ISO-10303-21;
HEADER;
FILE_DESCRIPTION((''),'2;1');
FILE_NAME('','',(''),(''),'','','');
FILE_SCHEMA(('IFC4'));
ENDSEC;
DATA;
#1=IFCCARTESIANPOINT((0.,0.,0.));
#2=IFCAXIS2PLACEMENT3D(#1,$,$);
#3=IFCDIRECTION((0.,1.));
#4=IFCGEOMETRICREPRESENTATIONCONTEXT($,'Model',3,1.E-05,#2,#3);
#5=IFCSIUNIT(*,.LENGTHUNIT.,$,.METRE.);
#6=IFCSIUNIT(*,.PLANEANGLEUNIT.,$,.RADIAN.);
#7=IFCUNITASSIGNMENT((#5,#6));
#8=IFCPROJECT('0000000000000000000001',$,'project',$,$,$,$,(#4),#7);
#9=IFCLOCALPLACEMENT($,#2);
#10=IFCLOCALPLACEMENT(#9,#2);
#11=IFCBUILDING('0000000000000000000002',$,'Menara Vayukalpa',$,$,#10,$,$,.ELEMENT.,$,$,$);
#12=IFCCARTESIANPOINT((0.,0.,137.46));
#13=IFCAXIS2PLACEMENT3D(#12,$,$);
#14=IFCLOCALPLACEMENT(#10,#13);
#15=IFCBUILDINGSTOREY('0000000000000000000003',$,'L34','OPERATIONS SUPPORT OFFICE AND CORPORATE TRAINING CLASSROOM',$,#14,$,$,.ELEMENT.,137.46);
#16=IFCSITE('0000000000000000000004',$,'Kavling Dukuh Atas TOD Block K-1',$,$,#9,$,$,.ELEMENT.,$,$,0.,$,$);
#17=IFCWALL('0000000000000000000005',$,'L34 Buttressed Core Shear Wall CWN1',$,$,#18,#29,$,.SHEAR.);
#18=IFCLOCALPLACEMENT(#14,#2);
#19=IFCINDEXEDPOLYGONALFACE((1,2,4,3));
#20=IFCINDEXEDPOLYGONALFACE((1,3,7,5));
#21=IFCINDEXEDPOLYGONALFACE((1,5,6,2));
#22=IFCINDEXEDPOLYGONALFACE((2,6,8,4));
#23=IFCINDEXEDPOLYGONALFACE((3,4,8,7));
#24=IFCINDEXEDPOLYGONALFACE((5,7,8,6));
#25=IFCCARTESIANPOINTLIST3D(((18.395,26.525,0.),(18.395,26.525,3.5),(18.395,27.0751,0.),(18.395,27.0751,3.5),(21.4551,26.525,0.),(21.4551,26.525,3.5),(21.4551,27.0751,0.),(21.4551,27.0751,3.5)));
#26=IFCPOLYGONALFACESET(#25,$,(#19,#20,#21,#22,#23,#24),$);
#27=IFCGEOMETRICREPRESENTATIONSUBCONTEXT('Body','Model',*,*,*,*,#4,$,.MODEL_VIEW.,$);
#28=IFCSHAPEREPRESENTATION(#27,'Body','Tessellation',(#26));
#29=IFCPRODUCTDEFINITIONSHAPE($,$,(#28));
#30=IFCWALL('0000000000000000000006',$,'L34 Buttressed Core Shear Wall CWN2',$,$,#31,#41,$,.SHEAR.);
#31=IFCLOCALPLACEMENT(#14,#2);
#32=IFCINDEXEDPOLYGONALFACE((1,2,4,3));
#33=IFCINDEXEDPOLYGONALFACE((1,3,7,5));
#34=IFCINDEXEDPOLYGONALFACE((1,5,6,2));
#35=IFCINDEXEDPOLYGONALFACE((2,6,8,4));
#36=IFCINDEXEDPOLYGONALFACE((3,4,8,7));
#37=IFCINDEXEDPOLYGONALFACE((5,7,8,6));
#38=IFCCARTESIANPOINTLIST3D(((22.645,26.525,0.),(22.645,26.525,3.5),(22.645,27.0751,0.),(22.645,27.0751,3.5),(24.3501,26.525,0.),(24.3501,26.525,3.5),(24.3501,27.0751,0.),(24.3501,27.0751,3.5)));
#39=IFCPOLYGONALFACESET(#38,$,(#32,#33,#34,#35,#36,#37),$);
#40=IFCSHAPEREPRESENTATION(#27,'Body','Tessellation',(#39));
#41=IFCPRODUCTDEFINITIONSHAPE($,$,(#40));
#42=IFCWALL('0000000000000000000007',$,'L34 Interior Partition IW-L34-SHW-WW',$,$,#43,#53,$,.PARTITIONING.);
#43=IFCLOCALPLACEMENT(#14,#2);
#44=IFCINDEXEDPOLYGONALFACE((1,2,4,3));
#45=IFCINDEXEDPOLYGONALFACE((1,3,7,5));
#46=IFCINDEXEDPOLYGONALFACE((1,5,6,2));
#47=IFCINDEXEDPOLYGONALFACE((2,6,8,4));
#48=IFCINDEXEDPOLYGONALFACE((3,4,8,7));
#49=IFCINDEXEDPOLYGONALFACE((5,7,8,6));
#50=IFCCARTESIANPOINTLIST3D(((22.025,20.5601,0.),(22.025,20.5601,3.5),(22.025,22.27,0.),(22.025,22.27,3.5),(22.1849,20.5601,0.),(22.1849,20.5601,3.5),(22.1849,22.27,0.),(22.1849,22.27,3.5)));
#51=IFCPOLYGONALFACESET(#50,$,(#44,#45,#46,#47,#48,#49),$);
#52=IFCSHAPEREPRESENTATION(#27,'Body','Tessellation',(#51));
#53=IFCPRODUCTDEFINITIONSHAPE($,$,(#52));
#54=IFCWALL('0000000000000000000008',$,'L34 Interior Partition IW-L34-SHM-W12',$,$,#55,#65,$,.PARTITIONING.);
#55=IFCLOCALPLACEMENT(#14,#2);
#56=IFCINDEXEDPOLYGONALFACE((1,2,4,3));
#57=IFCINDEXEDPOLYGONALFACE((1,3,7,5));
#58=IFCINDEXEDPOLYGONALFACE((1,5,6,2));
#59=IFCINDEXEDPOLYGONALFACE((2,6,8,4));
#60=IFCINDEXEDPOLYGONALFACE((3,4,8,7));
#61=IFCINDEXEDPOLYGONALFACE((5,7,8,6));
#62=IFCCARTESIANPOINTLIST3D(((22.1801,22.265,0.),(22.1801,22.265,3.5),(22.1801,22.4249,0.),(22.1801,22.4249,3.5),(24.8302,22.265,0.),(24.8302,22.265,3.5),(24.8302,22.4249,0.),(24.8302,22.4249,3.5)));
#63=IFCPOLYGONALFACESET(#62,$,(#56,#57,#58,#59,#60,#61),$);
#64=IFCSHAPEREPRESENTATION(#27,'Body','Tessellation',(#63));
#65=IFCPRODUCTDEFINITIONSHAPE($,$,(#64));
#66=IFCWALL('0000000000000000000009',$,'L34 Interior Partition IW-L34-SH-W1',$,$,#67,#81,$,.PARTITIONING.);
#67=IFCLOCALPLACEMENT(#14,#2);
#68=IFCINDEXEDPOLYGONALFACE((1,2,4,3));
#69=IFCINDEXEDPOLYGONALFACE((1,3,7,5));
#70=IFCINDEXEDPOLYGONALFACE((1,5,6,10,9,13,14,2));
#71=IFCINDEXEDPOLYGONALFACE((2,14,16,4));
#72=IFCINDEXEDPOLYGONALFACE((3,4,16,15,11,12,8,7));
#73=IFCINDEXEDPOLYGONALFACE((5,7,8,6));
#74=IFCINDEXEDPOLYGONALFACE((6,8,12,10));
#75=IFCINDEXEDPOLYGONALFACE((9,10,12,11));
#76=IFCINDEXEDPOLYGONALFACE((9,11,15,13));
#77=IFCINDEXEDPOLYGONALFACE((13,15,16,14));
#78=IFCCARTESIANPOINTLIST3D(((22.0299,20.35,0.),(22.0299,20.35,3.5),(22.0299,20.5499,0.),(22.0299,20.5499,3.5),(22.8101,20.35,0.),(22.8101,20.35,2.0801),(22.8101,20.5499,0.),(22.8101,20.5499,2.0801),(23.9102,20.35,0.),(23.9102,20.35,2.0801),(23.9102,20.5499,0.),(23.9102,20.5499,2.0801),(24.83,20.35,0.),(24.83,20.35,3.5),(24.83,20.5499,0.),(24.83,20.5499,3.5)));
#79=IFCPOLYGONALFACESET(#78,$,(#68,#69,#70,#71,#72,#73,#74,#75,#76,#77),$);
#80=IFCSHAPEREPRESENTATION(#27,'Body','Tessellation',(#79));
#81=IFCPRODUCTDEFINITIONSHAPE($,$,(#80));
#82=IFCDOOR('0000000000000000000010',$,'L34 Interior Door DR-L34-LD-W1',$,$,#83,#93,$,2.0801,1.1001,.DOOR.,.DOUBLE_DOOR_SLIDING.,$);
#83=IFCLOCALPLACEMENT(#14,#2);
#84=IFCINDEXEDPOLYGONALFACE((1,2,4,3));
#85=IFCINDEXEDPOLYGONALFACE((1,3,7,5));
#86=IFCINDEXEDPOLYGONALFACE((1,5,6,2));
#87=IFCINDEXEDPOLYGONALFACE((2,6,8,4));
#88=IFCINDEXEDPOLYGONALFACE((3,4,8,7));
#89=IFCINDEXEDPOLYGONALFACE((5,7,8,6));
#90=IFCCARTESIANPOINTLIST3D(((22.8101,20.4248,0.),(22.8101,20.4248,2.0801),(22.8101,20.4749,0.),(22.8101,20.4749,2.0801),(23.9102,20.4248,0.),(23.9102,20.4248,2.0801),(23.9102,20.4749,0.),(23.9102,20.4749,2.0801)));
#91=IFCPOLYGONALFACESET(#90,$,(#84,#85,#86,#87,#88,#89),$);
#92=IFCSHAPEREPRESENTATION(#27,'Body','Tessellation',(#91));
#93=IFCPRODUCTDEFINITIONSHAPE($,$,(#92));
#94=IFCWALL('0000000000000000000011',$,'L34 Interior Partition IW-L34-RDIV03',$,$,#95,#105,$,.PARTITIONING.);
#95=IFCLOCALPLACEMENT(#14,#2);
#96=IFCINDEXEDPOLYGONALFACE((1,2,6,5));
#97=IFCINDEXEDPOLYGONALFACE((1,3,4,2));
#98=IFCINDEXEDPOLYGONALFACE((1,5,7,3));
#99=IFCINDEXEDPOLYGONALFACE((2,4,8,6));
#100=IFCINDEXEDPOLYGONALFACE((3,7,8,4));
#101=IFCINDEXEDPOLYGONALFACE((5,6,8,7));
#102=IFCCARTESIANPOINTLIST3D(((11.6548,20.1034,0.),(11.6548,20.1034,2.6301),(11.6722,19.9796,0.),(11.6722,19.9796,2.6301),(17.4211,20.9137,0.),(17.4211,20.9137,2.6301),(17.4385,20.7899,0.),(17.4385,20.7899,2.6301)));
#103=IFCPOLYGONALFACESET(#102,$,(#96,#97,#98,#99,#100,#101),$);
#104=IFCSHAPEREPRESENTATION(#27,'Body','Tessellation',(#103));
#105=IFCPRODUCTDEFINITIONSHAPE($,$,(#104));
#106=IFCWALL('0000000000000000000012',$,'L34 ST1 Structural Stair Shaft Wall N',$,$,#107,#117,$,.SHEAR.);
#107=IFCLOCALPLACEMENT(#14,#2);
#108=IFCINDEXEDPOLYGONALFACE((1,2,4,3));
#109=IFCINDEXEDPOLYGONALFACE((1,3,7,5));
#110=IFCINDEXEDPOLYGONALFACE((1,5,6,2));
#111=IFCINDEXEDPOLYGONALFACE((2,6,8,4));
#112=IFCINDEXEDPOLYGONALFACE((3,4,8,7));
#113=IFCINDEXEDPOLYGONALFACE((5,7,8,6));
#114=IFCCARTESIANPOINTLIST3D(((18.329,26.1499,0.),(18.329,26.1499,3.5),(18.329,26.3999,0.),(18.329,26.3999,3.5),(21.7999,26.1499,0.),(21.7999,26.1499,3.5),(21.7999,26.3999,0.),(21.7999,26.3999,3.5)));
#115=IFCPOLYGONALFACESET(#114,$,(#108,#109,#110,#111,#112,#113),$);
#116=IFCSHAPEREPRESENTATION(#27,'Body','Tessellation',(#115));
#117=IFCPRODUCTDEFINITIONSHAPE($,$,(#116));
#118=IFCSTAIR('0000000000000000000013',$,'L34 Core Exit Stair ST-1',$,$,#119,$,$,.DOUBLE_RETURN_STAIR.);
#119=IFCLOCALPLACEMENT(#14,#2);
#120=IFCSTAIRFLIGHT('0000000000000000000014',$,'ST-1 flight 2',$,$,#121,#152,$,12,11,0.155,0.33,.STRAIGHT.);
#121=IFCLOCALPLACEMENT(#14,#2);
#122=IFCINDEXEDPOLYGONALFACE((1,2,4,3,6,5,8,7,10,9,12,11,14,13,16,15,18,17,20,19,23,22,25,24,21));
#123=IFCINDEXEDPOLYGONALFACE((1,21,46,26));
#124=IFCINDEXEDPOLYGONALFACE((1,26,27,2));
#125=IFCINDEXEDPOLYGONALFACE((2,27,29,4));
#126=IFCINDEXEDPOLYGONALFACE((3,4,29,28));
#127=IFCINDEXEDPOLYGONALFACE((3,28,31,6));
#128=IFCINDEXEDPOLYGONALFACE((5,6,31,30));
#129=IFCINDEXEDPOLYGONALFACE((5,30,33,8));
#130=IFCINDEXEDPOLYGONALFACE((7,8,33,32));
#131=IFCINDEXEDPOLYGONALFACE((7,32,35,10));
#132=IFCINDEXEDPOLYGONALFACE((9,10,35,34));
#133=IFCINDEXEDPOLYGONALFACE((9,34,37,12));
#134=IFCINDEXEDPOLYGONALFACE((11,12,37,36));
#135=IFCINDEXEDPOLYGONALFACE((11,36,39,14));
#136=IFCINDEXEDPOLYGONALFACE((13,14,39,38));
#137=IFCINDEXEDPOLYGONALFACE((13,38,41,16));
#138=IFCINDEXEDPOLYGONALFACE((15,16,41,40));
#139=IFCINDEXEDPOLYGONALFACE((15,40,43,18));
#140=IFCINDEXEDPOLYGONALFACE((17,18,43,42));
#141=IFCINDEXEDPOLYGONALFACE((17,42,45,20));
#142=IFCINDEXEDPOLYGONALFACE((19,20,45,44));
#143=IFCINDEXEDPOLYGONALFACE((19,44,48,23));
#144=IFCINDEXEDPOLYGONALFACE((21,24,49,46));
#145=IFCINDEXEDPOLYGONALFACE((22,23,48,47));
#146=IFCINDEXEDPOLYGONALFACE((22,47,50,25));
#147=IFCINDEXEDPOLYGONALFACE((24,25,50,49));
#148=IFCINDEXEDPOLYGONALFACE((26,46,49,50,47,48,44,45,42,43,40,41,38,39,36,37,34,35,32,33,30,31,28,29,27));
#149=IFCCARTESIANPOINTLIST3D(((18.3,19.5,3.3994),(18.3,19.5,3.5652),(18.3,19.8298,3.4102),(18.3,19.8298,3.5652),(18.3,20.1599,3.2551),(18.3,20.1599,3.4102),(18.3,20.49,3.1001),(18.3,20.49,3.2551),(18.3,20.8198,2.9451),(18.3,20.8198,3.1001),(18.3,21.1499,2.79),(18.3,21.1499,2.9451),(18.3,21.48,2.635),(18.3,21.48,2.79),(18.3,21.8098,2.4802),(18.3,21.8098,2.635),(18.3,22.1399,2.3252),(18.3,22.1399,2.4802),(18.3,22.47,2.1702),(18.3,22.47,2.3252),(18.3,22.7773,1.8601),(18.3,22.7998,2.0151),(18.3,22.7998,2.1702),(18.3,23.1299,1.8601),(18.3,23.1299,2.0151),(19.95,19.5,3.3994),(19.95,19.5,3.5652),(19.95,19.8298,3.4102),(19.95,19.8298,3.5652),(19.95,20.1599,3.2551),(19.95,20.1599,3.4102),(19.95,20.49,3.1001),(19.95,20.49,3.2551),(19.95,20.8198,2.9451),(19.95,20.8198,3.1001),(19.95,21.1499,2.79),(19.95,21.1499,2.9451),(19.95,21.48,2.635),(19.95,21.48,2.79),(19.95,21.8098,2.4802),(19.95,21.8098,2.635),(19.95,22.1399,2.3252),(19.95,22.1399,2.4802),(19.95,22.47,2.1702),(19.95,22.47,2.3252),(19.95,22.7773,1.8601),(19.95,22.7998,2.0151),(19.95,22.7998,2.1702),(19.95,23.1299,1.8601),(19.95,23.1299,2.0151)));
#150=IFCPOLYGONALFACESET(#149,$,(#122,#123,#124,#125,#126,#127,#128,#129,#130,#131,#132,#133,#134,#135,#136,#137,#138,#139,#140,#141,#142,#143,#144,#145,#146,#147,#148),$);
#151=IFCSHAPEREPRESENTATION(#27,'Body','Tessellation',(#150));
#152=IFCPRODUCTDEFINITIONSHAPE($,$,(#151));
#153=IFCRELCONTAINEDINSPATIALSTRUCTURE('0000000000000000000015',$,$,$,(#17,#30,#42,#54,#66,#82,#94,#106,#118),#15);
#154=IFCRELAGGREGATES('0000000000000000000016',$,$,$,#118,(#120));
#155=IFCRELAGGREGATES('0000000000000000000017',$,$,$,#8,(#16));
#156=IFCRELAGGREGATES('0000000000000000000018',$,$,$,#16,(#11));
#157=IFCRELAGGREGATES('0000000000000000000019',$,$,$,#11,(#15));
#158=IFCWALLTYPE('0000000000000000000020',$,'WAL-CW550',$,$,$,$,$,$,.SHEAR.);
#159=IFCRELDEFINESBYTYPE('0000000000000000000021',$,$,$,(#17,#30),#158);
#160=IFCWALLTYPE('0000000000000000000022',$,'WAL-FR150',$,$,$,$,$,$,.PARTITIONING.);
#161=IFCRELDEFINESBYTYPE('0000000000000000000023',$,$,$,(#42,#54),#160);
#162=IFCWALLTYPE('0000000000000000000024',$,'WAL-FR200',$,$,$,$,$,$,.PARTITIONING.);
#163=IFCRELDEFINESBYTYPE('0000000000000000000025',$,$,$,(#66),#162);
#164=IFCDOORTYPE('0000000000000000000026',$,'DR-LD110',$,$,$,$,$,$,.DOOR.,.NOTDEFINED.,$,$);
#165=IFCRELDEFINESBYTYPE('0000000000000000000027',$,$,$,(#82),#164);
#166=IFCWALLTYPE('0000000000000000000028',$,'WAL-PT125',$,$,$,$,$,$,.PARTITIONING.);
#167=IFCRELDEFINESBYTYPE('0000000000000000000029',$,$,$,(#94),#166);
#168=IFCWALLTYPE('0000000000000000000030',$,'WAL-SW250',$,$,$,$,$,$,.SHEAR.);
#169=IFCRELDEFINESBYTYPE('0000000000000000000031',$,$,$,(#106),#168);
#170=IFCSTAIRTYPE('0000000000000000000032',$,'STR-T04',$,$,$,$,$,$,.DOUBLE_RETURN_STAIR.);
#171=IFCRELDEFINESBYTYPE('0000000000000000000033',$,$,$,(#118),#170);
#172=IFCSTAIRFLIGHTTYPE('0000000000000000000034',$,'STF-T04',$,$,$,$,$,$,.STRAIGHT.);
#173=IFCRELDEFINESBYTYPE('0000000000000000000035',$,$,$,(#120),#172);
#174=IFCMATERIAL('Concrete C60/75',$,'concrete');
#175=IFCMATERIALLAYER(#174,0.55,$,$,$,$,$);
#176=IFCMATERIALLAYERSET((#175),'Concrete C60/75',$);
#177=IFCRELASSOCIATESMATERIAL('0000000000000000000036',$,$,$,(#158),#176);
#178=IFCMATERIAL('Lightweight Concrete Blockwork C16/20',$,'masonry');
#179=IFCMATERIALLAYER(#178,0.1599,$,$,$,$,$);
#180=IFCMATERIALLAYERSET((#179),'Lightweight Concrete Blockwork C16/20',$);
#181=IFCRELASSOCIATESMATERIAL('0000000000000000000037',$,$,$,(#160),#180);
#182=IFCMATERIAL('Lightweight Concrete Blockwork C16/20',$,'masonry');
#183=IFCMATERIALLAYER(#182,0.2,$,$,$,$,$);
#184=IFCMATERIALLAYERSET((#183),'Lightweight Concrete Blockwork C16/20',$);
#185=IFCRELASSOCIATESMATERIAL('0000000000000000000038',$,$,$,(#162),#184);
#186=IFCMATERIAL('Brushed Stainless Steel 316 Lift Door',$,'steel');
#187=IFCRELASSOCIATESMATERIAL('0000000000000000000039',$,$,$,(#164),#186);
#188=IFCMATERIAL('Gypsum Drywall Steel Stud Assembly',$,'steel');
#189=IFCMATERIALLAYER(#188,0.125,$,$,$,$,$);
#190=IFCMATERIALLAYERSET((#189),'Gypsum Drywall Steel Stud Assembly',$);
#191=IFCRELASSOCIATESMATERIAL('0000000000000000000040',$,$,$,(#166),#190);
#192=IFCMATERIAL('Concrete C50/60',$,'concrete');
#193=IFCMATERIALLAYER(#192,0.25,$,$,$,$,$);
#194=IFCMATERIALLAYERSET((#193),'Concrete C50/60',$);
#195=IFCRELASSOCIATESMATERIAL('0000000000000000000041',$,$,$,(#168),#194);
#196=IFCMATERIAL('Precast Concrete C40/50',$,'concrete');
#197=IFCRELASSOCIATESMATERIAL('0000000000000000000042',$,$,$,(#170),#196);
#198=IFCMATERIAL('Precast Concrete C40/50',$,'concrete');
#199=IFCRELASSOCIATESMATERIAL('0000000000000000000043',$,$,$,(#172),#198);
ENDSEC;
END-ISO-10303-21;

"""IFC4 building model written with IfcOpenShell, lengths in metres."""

from ifc_helpers import new_model, si_unit, direction, frame, frame_2d, origin, place, context, subcontext, project, spatial, polyline, rectangle, outline, extrude, material, layer, layer_set, type_object, element, fill, aggregate, save


model = new_model("IFC4")

# Units and contexts
model_context = context("Model", 3, precision=1e-05, world=origin(), true_north=direction((0.0, 1.0)))
body_context = subcontext(model_context, "Body", "Model", "MODEL_VIEW")
ifc_project = project(units=[si_unit("LENGTHUNIT", "METRE"), si_unit("PLANEANGLEUNIT", "RADIAN")], contexts=[model_context])

# Site, building, storey
site_placement = place(None, origin())
site = spatial("IfcSite", under=ifc_project, at=site_placement, Name="Kavling Dukuh Atas TOD Block K-1", CompositionType="ELEMENT", RefElevation=0.0)
building_placement = place(site_placement, origin())
building = spatial("IfcBuilding", under=site, at=building_placement, Name="Menara Vayukalpa", CompositionType="ELEMENT")
storey_placement = place(building_placement, frame((0.0, 0.0, 137.46)))
storey = spatial("IfcBuildingStorey", under=building, at=storey_placement, Name="L34", Description="OPERATIONS SUPPORT OFFICE AND CORPORATE TRAINING CLASSROOM", CompositionType="ELEMENT", Elevation=137.46)

# Walls
ifc_material_1 = material(Name="Concrete C60/75", Category="concrete")
ifc_layer_1 = layer(ifc_material_1, 0.55)
ifc_layer_set_1 = layer_set([ifc_layer_1], Name="Concrete C60/75")
wall_type_1 = type_object("IfcWallType", Name="WAL-CW550", PredefinedType="SHEAR", material=ifc_layer_set_1)
wall_1_placement = place(storey_placement, frame((18.395, 26.8, 0.0), z_axis=(0.0, 0.0, 1.0), x_axis=(1.0, 0.0, 0.0)))
element("IfcWall", 1, at=wall_1_placement, inside=storey, type_object=wall_type_1, Name="L34 Buttressed Core Shear Wall CWN1", PredefinedType="SHEAR", context=body_context, shape_type="SweptSolid", body=[
    extrude(rectangle(XDim=3.0601, YDim=0.55, at=frame_2d((1.53, 0.0))), origin(), (0.0, 0.0, 1.0), 3.5),
])
wall_2_placement = place(storey_placement, frame((22.645, 26.8, 0.0), z_axis=(0.0, 0.0, 1.0), x_axis=(1.0, 0.0, 0.0)))
element("IfcWall", 2, at=wall_2_placement, inside=storey, type_object=wall_type_1, Name="L34 Buttressed Core Shear Wall CWN2", PredefinedType="SHEAR", context=body_context, shape_type="SweptSolid", body=[
    extrude(rectangle(XDim=1.7051, YDim=0.55, at=frame_2d((0.8525, 0.0))), origin(), (0.0, 0.0, 1.0), 3.5),
])
ifc_material_2 = material(Name="Lightweight Concrete Blockwork C16/20", Category="masonry")
ifc_layer_2 = layer(ifc_material_2, 0.1599)
ifc_layer_set_2 = layer_set([ifc_layer_2], Name="Lightweight Concrete Blockwork C16/20")
wall_type_2 = type_object("IfcWallType", Name="WAL-FR150", PredefinedType="PARTITIONING", material=ifc_layer_set_2)
wall_3_placement = place(storey_placement, frame((22.105, 20.5601, 0.0), z_axis=(0.0, 0.0, 1.0), x_axis=(0.0, 1.0, 0.0)))
element("IfcWall", 3, at=wall_3_placement, inside=storey, type_object=wall_type_2, Name="L34 Interior Partition IW-L34-SHW-WW", PredefinedType="PARTITIONING", context=body_context, shape_type="SweptSolid", body=[
    extrude(rectangle(XDim=1.71, YDim=0.1599, at=frame_2d((0.855, 0.0))), origin(), (0.0, 0.0, 1.0), 3.5),
])
wall_4_placement = place(storey_placement, frame((22.1799, 22.345, 0.0), z_axis=(0.0, 0.0, 1.0), x_axis=(1.0, 0.0, 0.0)))
element("IfcWall", 4, at=wall_4_placement, inside=storey, type_object=wall_type_2, Name="L34 Interior Partition IW-L34-SHM-W12", PredefinedType="PARTITIONING", context=body_context, shape_type="SweptSolid", body=[
    extrude(rectangle(XDim=2.6501, YDim=0.1599, at=frame_2d((1.3252, 0.0))), origin(), (0.0, 0.0, 1.0), 3.5),
])

# Wall, opening, door
ifc_material_3 = material(Name="Lightweight Concrete Blockwork C16/20", Category="masonry")
ifc_layer_3 = layer(ifc_material_3, 0.2)
ifc_layer_set_3 = layer_set([ifc_layer_3], Name="Lightweight Concrete Blockwork C16/20")
wall_type_3 = type_object("IfcWallType", Name="WAL-FR200", PredefinedType="PARTITIONING", material=ifc_layer_set_3)
wall_5_placement = place(storey_placement, frame((22.03, 20.45, 0.0), z_axis=(0.0, 0.0, 1.0), x_axis=(1.0, 0.0, 0.0)))
wall_5 = element("IfcWall", 5, at=wall_5_placement, inside=storey, type_object=wall_type_3, Name="L34 Interior Partition IW-L34-SH-W1", PredefinedType="PARTITIONING", context=body_context, shape_type="SweptSolid", body=[
    extrude(rectangle(XDim=2.8, YDim=0.2, at=frame_2d((1.3999, 0.0))), origin(), (0.0, 0.0, 1.0), 3.5),
])
opening_placement = place(wall_5_placement, frame((0.78, 0.0, 0.0)))
opening = element("IfcOpeningElement", 6, at=opening_placement, cuts=wall_5, PredefinedType="OPENING", context=body_context, shape_type="SweptSolid", body=[
    extrude(rectangle(XDim=1.1001, YDim=2.0801, at=frame_2d((0.55, 1.04))), frame((0.0, 0.1099, 0.0), z_axis=(0.0, -1.0, 0.0), x_axis=(1.0, 0.0, 0.0)), (0.0, 0.0, 1.0), 0.22),
])
ifc_material_4 = material(Name="Brushed Stainless Steel 316 Lift Door", Category="steel")
door_type = type_object("IfcDoorType", Name="DR-LD110", OperationType="NOTDEFINED", PredefinedType="DOOR", material=ifc_material_4)
door_placement = place(opening_placement, origin())
door = element("IfcDoor", 7, at=door_placement, inside=storey, type_object=door_type, Name="L34 Interior Door DR-L34-LD-W1", OperationType="DOUBLE_DOOR_SLIDING", OverallHeight=2.0801, OverallWidth=1.1001, PredefinedType="DOOR", context=body_context, shape_type="SweptSolid", body=[
    extrude(rectangle(XDim=1.1001, YDim=2.0801, at=frame_2d((0.55, 1.04))), frame((0.0, 0.0249, 0.0), z_axis=(0.0, -1.0, 0.0), x_axis=(1.0, 0.0, 0.0)), (0.0, 0.0, 1.0), 0.05),
])
fill(opening, door)

# Walls
ifc_material_5 = material(Name="Gypsum Drywall Steel Stud Assembly", Category="steel")
ifc_layer_4 = layer(ifc_material_5, 0.125)
ifc_layer_set_4 = layer_set([ifc_layer_4], Name="Gypsum Drywall Steel Stud Assembly")
wall_type_4 = type_object("IfcWallType", Name="WAL-PT125", PredefinedType="PARTITIONING", material=ifc_layer_set_4)
wall_6_placement = place(storey_placement, frame((17.4299, 20.8518, 0.0), z_axis=(0.0, 0.0, 1.0), x_axis=(-0.990271, -0.139155, 0.0)))
element("IfcWall", 8, at=wall_6_placement, inside=storey, type_object=wall_type_4, Name="L34 Interior Partition IW-L34-RDIV03", PredefinedType="PARTITIONING", context=body_context, shape_type="SweptSolid", body=[
    extrude(rectangle(XDim=5.823, YDim=0.125, at=frame_2d((2.9116, 0.0))), origin(), (0.0, 0.0, 1.0), 2.6301),
])
ifc_material_6 = material(Name="Concrete C50/60", Category="concrete")
ifc_layer_5 = layer(ifc_material_6, 0.25)
ifc_layer_set_5 = layer_set([ifc_layer_5], Name="Concrete C50/60")
wall_type_5 = type_object("IfcWallType", Name="WAL-SW250", PredefinedType="SHEAR", material=ifc_layer_set_5)
wall_7_placement = place(storey_placement, frame((18.3291, 26.2749, 0.0), z_axis=(0.0, 0.0, 1.0), x_axis=(1.0, 0.0, 0.0)))
element("IfcWall", 9, at=wall_7_placement, inside=storey, type_object=wall_type_5, Name="L34 ST1 Structural Stair Shaft Wall N", PredefinedType="SHEAR", context=body_context, shape_type="SweptSolid", body=[
    extrude(rectangle(XDim=3.4709, YDim=0.25, at=frame_2d((1.7354, 0.0))), origin(), (0.0, 0.0, 1.0), 3.5),
])

# Stair, stair flight
ifc_material_7 = material(Name="Precast Concrete C40/50", Category="concrete")
stair_type = type_object("IfcStairType", Name="STR-T04", PredefinedType="DOUBLE_RETURN_STAIR", material=ifc_material_7)
stair_placement = place(storey_placement, origin())
stair = element("IfcStair", 10, at=stair_placement, inside=storey, type_object=stair_type, Name="L34 Core Exit Stair ST-1", PredefinedType="DOUBLE_RETURN_STAIR")
ifc_material_8 = material(Name="Precast Concrete C40/50", Category="concrete")
stair_flight_type = type_object("IfcStairFlightType", Name="STF-T04", PredefinedType="STRAIGHT", material=ifc_material_8)
stair_flight_placement = place(storey_placement, frame((19.125, 23.1299, 1.8601), z_axis=(0.0, 0.0, 1.0), x_axis=(0.0, -1.0, 0.0)))
stair_flight = element("IfcStairFlight", 11, at=stair_flight_placement, type_object=stair_flight_type, Name="ST-1 flight 2", NumberOfRisers=12, NumberOfTreads=11, PredefinedType="STRAIGHT", RiserHeight=0.155, TreadLength=0.33, context=body_context, shape_type="SweptSolid", body=[
    extrude(outline(polyline([(0.0, 0.0), (0.0, 0.155), (0.3301, 0.155), (0.3301, 0.3101), (0.6599, 0.3101), (0.6599, 0.4651), (0.99, 0.4651), (0.99, 0.6201), (1.3201, 0.6201), (1.3201, 0.7749), (1.6499, 0.7749), (1.6499, 0.9299), (1.98, 0.9299), (1.98, 1.085), (2.3101, 1.085), (2.3101, 1.24), (2.6399, 1.24), (2.6399, 1.395), (2.97, 1.395), (2.97, 1.55), (3.3, 1.55), (3.3, 1.7051), (3.6299, 1.7051), (3.6299, 1.8601), (3.6299, 1.5393), (0.3525, 0.0), (0.0, 0.0)])), frame((0.0, 0.825, 0.0), z_axis=(0.0, -1.0, 0.0), x_axis=(1.0, 0.0, 0.0)), (0.0, 0.0, 1.0), 1.6499),
])
aggregate(stair, [stair_flight])

save(model, "model.ifc")
